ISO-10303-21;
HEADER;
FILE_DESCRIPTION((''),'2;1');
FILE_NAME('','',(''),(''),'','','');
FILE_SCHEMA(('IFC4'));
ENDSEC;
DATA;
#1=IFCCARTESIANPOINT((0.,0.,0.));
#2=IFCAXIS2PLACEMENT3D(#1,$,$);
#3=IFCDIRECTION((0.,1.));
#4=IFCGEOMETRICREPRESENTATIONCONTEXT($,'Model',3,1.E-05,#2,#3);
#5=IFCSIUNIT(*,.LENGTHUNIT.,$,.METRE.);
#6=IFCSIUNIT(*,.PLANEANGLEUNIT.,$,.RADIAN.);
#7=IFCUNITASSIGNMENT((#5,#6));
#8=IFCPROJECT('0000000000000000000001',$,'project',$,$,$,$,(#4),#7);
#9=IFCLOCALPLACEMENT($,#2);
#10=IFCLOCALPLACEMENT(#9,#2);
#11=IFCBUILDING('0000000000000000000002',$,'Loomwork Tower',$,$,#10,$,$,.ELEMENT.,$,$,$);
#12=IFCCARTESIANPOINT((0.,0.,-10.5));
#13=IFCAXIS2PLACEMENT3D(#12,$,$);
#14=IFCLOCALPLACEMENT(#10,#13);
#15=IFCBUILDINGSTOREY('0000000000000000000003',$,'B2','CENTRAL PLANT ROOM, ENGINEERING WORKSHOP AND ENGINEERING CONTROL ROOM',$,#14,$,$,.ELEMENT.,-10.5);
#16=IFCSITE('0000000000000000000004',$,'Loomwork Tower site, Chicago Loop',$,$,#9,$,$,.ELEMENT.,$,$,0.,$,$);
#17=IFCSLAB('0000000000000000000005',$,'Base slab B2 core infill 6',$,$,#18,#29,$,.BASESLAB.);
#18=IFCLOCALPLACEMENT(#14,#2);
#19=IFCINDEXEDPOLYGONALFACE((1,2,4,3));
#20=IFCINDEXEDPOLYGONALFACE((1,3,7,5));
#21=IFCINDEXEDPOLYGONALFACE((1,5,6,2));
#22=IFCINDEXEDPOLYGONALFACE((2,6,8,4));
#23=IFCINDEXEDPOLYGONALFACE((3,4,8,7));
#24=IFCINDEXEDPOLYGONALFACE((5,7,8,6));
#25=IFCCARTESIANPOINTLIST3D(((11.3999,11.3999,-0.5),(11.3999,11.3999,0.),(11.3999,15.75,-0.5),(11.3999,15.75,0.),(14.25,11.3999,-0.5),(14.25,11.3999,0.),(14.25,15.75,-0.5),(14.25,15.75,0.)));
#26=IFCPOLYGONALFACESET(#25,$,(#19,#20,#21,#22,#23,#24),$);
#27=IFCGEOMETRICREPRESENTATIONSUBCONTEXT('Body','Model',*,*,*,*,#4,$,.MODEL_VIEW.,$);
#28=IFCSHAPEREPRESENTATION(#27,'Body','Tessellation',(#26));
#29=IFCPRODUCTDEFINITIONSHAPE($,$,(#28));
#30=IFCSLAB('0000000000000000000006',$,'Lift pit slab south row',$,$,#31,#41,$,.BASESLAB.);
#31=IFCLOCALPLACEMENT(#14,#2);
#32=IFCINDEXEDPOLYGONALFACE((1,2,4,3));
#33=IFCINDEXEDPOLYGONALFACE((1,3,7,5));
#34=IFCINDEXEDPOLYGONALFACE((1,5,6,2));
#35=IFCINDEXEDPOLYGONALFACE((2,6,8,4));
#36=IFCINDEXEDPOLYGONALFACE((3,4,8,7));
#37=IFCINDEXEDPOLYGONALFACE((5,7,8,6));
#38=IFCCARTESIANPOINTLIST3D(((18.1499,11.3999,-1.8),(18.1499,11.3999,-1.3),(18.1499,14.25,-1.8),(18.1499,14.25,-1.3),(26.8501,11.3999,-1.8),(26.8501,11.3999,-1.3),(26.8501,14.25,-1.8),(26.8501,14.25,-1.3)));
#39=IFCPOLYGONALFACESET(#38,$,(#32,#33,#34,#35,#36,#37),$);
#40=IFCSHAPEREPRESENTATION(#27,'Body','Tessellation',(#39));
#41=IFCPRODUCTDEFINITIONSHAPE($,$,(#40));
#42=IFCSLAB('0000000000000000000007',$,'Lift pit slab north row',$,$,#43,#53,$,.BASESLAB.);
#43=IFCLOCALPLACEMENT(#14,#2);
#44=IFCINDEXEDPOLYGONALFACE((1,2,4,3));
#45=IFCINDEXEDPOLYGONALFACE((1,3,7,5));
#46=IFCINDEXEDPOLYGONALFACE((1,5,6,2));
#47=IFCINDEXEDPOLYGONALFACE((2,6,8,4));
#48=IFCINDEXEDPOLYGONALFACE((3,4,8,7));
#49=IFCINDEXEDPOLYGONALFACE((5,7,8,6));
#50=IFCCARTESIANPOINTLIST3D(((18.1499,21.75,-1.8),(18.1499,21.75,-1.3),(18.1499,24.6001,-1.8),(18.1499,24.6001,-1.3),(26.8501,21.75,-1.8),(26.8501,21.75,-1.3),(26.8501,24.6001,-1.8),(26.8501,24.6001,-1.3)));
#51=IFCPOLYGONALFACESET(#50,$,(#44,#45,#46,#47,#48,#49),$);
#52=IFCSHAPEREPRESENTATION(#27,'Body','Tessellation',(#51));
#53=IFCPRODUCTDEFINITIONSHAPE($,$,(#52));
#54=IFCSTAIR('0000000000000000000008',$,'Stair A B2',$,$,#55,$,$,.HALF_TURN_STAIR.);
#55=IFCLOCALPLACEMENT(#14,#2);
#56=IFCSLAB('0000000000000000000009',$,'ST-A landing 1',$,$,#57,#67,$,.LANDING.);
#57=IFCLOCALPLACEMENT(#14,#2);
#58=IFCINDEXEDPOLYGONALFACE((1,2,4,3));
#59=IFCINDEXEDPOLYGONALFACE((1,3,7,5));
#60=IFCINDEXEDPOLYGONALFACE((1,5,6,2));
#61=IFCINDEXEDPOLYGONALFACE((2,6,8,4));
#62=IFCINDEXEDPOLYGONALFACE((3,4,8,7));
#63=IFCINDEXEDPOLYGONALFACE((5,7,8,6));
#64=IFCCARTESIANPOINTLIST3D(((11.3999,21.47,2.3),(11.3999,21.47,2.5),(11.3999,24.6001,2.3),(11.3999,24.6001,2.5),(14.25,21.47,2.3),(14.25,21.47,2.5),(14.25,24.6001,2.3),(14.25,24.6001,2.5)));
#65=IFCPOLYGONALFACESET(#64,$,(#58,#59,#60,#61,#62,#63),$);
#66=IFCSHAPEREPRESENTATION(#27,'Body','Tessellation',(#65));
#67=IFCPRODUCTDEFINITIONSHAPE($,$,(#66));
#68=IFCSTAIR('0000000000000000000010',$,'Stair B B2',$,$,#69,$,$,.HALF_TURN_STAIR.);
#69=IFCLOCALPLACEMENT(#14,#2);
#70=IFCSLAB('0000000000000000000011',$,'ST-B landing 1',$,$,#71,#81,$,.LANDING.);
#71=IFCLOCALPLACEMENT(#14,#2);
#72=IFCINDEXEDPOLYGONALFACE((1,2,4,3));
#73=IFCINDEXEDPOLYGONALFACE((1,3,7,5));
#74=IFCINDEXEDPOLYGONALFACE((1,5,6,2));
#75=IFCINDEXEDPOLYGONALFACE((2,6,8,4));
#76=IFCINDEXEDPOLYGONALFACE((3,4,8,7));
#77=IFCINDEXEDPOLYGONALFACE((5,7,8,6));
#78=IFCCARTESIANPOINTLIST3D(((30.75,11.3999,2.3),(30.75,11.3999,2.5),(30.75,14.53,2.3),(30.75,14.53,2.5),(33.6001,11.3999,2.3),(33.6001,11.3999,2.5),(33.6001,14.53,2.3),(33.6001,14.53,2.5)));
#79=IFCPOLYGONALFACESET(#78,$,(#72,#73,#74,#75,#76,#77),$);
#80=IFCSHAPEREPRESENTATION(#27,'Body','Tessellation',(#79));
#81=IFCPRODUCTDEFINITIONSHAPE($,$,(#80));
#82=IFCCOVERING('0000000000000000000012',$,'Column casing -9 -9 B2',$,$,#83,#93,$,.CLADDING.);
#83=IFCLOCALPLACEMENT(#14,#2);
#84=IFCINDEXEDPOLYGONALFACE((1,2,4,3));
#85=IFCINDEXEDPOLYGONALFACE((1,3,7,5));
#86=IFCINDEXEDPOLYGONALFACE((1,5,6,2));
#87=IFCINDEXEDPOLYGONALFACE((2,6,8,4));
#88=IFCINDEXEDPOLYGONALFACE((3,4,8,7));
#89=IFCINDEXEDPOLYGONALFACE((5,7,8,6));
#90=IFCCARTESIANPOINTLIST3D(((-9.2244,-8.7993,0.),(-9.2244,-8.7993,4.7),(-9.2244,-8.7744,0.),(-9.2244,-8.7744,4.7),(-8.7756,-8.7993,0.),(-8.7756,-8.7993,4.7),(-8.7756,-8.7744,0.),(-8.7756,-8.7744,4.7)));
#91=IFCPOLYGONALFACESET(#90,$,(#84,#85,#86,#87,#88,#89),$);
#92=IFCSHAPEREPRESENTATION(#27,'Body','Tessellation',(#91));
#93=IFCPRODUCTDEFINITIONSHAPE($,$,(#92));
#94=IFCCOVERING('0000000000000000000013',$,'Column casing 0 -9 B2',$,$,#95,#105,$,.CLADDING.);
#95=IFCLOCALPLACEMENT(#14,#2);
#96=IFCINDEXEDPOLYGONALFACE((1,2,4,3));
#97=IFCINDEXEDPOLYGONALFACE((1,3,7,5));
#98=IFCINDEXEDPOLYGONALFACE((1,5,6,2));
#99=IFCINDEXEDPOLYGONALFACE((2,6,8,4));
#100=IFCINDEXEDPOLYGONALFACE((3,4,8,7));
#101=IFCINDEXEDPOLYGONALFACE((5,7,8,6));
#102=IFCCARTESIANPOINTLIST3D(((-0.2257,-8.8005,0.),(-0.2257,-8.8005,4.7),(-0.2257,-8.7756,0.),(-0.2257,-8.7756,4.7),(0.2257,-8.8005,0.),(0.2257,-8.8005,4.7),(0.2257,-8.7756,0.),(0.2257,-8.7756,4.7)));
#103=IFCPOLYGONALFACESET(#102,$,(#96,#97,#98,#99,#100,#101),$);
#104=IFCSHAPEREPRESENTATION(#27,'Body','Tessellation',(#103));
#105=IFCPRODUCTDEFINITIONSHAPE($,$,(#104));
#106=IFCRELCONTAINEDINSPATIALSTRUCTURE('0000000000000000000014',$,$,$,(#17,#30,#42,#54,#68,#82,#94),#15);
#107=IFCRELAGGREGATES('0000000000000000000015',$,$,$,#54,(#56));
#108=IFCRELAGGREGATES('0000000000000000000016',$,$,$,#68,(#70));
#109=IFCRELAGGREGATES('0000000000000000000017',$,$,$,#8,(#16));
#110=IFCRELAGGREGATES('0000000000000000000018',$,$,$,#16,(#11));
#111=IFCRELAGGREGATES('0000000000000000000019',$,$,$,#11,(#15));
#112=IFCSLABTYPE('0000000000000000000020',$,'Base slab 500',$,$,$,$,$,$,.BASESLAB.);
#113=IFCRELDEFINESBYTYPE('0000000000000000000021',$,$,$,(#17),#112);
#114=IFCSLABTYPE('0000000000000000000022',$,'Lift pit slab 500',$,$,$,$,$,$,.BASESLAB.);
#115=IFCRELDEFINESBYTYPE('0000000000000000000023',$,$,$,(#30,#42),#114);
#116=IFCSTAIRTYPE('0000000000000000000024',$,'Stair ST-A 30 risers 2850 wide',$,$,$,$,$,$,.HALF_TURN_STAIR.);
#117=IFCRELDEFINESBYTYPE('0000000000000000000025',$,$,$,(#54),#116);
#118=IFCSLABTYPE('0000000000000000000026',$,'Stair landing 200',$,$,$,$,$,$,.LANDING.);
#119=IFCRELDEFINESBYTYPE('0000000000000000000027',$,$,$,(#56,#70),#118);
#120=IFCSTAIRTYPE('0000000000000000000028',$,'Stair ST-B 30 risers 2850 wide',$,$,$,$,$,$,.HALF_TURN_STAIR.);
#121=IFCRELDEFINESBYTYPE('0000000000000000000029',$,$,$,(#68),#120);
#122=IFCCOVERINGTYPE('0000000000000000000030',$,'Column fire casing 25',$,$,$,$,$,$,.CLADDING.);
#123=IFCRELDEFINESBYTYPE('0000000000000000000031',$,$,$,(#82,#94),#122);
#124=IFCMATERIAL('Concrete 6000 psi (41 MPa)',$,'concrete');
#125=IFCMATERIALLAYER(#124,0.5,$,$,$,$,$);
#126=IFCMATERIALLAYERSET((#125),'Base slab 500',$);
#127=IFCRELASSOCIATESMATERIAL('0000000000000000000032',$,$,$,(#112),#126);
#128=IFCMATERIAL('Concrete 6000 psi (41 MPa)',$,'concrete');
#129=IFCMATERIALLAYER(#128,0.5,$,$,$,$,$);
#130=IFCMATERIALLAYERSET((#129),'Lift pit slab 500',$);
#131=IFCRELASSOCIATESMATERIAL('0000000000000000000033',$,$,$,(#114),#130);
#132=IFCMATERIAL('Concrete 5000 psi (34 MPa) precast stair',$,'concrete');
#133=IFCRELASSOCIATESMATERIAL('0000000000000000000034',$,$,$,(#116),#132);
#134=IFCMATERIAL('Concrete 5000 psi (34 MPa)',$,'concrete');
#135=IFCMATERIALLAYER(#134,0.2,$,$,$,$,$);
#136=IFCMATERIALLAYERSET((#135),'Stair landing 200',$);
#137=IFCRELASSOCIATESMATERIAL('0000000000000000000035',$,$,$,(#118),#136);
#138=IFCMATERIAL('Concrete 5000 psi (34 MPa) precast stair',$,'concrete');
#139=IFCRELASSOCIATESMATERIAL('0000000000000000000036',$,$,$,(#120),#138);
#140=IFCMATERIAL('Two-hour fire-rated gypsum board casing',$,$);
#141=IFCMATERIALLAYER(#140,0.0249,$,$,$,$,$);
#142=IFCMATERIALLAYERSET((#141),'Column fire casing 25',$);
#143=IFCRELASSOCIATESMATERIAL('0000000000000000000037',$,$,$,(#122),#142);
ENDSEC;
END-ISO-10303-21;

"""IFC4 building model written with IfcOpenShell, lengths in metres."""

from ifc_helpers import new_model, si_unit, direction, frame, origin, origin_2d, place, context, subcontext, project, spatial, polyline, rectangle, outline, extrude, material, layer, layer_set, type_object, element, aggregate, save


model = new_model("IFC4")

# Units and contexts
model_context = context("Model", 3, precision=1e-05, world=origin(), true_north=direction((0.0, 1.0)))
body_context = subcontext(model_context, "Body", "Model", "MODEL_VIEW")
ifc_project = project(units=[si_unit("LENGTHUNIT", "METRE"), si_unit("PLANEANGLEUNIT", "RADIAN")], contexts=[model_context])

# Site, building, storey
site_placement = place(None, origin())
site = spatial("IfcSite", under=ifc_project, at=site_placement, Name="Loomwork Tower site, Chicago Loop", CompositionType="ELEMENT", RefElevation=0.0)
building_placement = place(site_placement, origin())
building = spatial("IfcBuilding", under=site, at=building_placement, Name="Loomwork Tower", CompositionType="ELEMENT")
storey_placement = place(building_placement, frame((0.0, 0.0, -10.5)))
storey = spatial("IfcBuildingStorey", under=building, at=storey_placement, Name="B2", Description="CENTRAL PLANT ROOM, ENGINEERING WORKSHOP AND ENGINEERING CONTROL ROOM", CompositionType="ELEMENT", Elevation=-10.5)

# Slabs
ifc_material_1 = material(Name="Concrete 6000 psi (41 MPa)", Category="concrete")
ifc_layer_1 = layer(ifc_material_1, 0.5)
ifc_layer_set_1 = layer_set([ifc_layer_1], Name="Base slab 500")
slab_type_1 = type_object("IfcSlabType", Name="Base slab 500", PredefinedType="BASESLAB", material=ifc_layer_set_1)
slab_1_placement = place(storey_placement, frame((0.0, 0.0, -0.5)))
element("IfcSlab", 1, at=slab_1_placement, inside=storey, type_object=slab_type_1, Name="Base slab B2 core infill 6", PredefinedType="BASESLAB", context=body_context, shape_type="SweptSolid", body=[
    extrude(outline(polyline([(14.25, 11.3999), (11.3999, 11.3999), (11.3999, 15.75), (14.25, 15.75), (14.25, 11.3999)])), origin(), (0.0, 0.0, 1.0), 0.5),
])
ifc_material_2 = material(Name="Concrete 6000 psi (41 MPa)", Category="concrete")
ifc_layer_2 = layer(ifc_material_2, 0.5)
ifc_layer_set_2 = layer_set([ifc_layer_2], Name="Lift pit slab 500")
slab_type_2 = type_object("IfcSlabType", Name="Lift pit slab 500", PredefinedType="BASESLAB", material=ifc_layer_set_2)
slab_2_placement = place(storey_placement, frame((0.0, 0.0, -1.8)))
element("IfcSlab", 2, at=slab_2_placement, inside=storey, type_object=slab_type_2, Name="Lift pit slab south row", PredefinedType="BASESLAB", context=body_context, shape_type="SweptSolid", body=[
    extrude(outline(polyline([(18.1499, 11.3999), (26.8501, 11.3999), (26.8501, 14.25), (18.1499, 14.25), (18.1499, 11.3999)])), origin(), (0.0, 0.0, 1.0), 0.5),
])
slab_3_placement = place(storey_placement, frame((0.0, 0.0, -1.8)))
element("IfcSlab", 3, at=slab_3_placement, inside=storey, type_object=slab_type_2, Name="Lift pit slab north row", PredefinedType="BASESLAB", context=body_context, shape_type="SweptSolid", body=[
    extrude(outline(polyline([(18.1499, 21.75), (26.8501, 21.75), (26.8501, 24.6001), (18.1499, 24.6001), (18.1499, 21.75)])), origin(), (0.0, 0.0, 1.0), 0.5),
])

# Stairs, slabs
ifc_material_3 = material(Name="Concrete 5000 psi (34 MPa) precast stair", Category="concrete")
stair_type_1 = type_object("IfcStairType", Name="Stair ST-A 30 risers 2850 wide", PredefinedType="HALF_TURN_STAIR", material=ifc_material_3)
stair_1_placement = place(storey_placement, origin())
stair_1 = element("IfcStair", 4, at=stair_1_placement, inside=storey, type_object=stair_type_1, Name="Stair A B2", PredefinedType="HALF_TURN_STAIR")
ifc_material_4 = material(Name="Concrete 5000 psi (34 MPa)", Category="concrete")
ifc_layer_3 = layer(ifc_material_4, 0.2)
ifc_layer_set_3 = layer_set([ifc_layer_3], Name="Stair landing 200")
slab_type_3 = type_object("IfcSlabType", Name="Stair landing 200", PredefinedType="LANDING", material=ifc_layer_set_3)
slab_4_placement = place(storey_placement, frame((0.0, 0.0, 2.3)))
slab_4 = element("IfcSlab", 5, at=slab_4_placement, type_object=slab_type_3, Name="ST-A landing 1", PredefinedType="LANDING", context=body_context, shape_type="SweptSolid", body=[
    extrude(outline(polyline([(11.3999, 21.47), (14.25, 21.47), (14.25, 24.6001), (11.3999, 24.6001), (11.3999, 21.47)])), origin(), (0.0, 0.0, 1.0), 0.2),
])
aggregate(stair_1, [slab_4])
ifc_material_5 = material(Name="Concrete 5000 psi (34 MPa) precast stair", Category="concrete")
stair_type_2 = type_object("IfcStairType", Name="Stair ST-B 30 risers 2850 wide", PredefinedType="HALF_TURN_STAIR", material=ifc_material_5)
stair_2_placement = place(storey_placement, origin())
stair_2 = element("IfcStair", 6, at=stair_2_placement, inside=storey, type_object=stair_type_2, Name="Stair B B2", PredefinedType="HALF_TURN_STAIR")
slab_5_placement = place(storey_placement, frame((0.0, 0.0, 2.3)))
slab_5 = element("IfcSlab", 7, at=slab_5_placement, type_object=slab_type_3, Name="ST-B landing 1", PredefinedType="LANDING", context=body_context, shape_type="SweptSolid", body=[
    extrude(outline(polyline([(30.75, 11.3999), (33.6001, 11.3999), (33.6001, 14.53), (30.75, 14.53), (30.75, 11.3999)])), origin(), (0.0, 0.0, 1.0), 0.2),
])
aggregate(stair_2, [slab_5])

# Coverings
ifc_material_6 = material(Name="Two-hour fire-rated gypsum board casing")
ifc_layer_4 = layer(ifc_material_6, 0.0249)
ifc_layer_set_4 = layer_set([ifc_layer_4], Name="Column fire casing 25")
covering_type = type_object("IfcCoveringType", Name="Column fire casing 25", PredefinedType="CLADDING", material=ifc_layer_set_4)
covering_1_placement = place(storey_placement, frame((-9.0, -8.7869, 0.0), z_axis=(0.0, 0.0, 1.0), x_axis=(1.0, 0.0, 0.0)))
element("IfcCovering", 8, at=covering_1_placement, inside=storey, type_object=covering_type, Name="Column casing -9 -9 B2", PredefinedType="CLADDING", context=body_context, shape_type="SweptSolid", body=[
    extrude(rectangle(XDim=0.4487, YDim=0.0249, at=origin_2d()), origin(), (0.0, 0.0, 1.0), 4.7),
])
covering_2_placement = place(storey_placement, frame((0.0, -8.7881, 0.0), z_axis=(0.0, 0.0, 1.0), x_axis=(1.0, 0.0, 0.0)))
element("IfcCovering", 9, at=covering_2_placement, inside=storey, type_object=covering_type, Name="Column casing 0 -9 B2", PredefinedType="CLADDING", context=body_context, shape_type="SweptSolid", body=[
    extrude(rectangle(XDim=0.4514, YDim=0.0249, at=origin_2d()), origin(), (0.0, 0.0, 1.0), 4.7),
])

save(model, "model.ifc")
